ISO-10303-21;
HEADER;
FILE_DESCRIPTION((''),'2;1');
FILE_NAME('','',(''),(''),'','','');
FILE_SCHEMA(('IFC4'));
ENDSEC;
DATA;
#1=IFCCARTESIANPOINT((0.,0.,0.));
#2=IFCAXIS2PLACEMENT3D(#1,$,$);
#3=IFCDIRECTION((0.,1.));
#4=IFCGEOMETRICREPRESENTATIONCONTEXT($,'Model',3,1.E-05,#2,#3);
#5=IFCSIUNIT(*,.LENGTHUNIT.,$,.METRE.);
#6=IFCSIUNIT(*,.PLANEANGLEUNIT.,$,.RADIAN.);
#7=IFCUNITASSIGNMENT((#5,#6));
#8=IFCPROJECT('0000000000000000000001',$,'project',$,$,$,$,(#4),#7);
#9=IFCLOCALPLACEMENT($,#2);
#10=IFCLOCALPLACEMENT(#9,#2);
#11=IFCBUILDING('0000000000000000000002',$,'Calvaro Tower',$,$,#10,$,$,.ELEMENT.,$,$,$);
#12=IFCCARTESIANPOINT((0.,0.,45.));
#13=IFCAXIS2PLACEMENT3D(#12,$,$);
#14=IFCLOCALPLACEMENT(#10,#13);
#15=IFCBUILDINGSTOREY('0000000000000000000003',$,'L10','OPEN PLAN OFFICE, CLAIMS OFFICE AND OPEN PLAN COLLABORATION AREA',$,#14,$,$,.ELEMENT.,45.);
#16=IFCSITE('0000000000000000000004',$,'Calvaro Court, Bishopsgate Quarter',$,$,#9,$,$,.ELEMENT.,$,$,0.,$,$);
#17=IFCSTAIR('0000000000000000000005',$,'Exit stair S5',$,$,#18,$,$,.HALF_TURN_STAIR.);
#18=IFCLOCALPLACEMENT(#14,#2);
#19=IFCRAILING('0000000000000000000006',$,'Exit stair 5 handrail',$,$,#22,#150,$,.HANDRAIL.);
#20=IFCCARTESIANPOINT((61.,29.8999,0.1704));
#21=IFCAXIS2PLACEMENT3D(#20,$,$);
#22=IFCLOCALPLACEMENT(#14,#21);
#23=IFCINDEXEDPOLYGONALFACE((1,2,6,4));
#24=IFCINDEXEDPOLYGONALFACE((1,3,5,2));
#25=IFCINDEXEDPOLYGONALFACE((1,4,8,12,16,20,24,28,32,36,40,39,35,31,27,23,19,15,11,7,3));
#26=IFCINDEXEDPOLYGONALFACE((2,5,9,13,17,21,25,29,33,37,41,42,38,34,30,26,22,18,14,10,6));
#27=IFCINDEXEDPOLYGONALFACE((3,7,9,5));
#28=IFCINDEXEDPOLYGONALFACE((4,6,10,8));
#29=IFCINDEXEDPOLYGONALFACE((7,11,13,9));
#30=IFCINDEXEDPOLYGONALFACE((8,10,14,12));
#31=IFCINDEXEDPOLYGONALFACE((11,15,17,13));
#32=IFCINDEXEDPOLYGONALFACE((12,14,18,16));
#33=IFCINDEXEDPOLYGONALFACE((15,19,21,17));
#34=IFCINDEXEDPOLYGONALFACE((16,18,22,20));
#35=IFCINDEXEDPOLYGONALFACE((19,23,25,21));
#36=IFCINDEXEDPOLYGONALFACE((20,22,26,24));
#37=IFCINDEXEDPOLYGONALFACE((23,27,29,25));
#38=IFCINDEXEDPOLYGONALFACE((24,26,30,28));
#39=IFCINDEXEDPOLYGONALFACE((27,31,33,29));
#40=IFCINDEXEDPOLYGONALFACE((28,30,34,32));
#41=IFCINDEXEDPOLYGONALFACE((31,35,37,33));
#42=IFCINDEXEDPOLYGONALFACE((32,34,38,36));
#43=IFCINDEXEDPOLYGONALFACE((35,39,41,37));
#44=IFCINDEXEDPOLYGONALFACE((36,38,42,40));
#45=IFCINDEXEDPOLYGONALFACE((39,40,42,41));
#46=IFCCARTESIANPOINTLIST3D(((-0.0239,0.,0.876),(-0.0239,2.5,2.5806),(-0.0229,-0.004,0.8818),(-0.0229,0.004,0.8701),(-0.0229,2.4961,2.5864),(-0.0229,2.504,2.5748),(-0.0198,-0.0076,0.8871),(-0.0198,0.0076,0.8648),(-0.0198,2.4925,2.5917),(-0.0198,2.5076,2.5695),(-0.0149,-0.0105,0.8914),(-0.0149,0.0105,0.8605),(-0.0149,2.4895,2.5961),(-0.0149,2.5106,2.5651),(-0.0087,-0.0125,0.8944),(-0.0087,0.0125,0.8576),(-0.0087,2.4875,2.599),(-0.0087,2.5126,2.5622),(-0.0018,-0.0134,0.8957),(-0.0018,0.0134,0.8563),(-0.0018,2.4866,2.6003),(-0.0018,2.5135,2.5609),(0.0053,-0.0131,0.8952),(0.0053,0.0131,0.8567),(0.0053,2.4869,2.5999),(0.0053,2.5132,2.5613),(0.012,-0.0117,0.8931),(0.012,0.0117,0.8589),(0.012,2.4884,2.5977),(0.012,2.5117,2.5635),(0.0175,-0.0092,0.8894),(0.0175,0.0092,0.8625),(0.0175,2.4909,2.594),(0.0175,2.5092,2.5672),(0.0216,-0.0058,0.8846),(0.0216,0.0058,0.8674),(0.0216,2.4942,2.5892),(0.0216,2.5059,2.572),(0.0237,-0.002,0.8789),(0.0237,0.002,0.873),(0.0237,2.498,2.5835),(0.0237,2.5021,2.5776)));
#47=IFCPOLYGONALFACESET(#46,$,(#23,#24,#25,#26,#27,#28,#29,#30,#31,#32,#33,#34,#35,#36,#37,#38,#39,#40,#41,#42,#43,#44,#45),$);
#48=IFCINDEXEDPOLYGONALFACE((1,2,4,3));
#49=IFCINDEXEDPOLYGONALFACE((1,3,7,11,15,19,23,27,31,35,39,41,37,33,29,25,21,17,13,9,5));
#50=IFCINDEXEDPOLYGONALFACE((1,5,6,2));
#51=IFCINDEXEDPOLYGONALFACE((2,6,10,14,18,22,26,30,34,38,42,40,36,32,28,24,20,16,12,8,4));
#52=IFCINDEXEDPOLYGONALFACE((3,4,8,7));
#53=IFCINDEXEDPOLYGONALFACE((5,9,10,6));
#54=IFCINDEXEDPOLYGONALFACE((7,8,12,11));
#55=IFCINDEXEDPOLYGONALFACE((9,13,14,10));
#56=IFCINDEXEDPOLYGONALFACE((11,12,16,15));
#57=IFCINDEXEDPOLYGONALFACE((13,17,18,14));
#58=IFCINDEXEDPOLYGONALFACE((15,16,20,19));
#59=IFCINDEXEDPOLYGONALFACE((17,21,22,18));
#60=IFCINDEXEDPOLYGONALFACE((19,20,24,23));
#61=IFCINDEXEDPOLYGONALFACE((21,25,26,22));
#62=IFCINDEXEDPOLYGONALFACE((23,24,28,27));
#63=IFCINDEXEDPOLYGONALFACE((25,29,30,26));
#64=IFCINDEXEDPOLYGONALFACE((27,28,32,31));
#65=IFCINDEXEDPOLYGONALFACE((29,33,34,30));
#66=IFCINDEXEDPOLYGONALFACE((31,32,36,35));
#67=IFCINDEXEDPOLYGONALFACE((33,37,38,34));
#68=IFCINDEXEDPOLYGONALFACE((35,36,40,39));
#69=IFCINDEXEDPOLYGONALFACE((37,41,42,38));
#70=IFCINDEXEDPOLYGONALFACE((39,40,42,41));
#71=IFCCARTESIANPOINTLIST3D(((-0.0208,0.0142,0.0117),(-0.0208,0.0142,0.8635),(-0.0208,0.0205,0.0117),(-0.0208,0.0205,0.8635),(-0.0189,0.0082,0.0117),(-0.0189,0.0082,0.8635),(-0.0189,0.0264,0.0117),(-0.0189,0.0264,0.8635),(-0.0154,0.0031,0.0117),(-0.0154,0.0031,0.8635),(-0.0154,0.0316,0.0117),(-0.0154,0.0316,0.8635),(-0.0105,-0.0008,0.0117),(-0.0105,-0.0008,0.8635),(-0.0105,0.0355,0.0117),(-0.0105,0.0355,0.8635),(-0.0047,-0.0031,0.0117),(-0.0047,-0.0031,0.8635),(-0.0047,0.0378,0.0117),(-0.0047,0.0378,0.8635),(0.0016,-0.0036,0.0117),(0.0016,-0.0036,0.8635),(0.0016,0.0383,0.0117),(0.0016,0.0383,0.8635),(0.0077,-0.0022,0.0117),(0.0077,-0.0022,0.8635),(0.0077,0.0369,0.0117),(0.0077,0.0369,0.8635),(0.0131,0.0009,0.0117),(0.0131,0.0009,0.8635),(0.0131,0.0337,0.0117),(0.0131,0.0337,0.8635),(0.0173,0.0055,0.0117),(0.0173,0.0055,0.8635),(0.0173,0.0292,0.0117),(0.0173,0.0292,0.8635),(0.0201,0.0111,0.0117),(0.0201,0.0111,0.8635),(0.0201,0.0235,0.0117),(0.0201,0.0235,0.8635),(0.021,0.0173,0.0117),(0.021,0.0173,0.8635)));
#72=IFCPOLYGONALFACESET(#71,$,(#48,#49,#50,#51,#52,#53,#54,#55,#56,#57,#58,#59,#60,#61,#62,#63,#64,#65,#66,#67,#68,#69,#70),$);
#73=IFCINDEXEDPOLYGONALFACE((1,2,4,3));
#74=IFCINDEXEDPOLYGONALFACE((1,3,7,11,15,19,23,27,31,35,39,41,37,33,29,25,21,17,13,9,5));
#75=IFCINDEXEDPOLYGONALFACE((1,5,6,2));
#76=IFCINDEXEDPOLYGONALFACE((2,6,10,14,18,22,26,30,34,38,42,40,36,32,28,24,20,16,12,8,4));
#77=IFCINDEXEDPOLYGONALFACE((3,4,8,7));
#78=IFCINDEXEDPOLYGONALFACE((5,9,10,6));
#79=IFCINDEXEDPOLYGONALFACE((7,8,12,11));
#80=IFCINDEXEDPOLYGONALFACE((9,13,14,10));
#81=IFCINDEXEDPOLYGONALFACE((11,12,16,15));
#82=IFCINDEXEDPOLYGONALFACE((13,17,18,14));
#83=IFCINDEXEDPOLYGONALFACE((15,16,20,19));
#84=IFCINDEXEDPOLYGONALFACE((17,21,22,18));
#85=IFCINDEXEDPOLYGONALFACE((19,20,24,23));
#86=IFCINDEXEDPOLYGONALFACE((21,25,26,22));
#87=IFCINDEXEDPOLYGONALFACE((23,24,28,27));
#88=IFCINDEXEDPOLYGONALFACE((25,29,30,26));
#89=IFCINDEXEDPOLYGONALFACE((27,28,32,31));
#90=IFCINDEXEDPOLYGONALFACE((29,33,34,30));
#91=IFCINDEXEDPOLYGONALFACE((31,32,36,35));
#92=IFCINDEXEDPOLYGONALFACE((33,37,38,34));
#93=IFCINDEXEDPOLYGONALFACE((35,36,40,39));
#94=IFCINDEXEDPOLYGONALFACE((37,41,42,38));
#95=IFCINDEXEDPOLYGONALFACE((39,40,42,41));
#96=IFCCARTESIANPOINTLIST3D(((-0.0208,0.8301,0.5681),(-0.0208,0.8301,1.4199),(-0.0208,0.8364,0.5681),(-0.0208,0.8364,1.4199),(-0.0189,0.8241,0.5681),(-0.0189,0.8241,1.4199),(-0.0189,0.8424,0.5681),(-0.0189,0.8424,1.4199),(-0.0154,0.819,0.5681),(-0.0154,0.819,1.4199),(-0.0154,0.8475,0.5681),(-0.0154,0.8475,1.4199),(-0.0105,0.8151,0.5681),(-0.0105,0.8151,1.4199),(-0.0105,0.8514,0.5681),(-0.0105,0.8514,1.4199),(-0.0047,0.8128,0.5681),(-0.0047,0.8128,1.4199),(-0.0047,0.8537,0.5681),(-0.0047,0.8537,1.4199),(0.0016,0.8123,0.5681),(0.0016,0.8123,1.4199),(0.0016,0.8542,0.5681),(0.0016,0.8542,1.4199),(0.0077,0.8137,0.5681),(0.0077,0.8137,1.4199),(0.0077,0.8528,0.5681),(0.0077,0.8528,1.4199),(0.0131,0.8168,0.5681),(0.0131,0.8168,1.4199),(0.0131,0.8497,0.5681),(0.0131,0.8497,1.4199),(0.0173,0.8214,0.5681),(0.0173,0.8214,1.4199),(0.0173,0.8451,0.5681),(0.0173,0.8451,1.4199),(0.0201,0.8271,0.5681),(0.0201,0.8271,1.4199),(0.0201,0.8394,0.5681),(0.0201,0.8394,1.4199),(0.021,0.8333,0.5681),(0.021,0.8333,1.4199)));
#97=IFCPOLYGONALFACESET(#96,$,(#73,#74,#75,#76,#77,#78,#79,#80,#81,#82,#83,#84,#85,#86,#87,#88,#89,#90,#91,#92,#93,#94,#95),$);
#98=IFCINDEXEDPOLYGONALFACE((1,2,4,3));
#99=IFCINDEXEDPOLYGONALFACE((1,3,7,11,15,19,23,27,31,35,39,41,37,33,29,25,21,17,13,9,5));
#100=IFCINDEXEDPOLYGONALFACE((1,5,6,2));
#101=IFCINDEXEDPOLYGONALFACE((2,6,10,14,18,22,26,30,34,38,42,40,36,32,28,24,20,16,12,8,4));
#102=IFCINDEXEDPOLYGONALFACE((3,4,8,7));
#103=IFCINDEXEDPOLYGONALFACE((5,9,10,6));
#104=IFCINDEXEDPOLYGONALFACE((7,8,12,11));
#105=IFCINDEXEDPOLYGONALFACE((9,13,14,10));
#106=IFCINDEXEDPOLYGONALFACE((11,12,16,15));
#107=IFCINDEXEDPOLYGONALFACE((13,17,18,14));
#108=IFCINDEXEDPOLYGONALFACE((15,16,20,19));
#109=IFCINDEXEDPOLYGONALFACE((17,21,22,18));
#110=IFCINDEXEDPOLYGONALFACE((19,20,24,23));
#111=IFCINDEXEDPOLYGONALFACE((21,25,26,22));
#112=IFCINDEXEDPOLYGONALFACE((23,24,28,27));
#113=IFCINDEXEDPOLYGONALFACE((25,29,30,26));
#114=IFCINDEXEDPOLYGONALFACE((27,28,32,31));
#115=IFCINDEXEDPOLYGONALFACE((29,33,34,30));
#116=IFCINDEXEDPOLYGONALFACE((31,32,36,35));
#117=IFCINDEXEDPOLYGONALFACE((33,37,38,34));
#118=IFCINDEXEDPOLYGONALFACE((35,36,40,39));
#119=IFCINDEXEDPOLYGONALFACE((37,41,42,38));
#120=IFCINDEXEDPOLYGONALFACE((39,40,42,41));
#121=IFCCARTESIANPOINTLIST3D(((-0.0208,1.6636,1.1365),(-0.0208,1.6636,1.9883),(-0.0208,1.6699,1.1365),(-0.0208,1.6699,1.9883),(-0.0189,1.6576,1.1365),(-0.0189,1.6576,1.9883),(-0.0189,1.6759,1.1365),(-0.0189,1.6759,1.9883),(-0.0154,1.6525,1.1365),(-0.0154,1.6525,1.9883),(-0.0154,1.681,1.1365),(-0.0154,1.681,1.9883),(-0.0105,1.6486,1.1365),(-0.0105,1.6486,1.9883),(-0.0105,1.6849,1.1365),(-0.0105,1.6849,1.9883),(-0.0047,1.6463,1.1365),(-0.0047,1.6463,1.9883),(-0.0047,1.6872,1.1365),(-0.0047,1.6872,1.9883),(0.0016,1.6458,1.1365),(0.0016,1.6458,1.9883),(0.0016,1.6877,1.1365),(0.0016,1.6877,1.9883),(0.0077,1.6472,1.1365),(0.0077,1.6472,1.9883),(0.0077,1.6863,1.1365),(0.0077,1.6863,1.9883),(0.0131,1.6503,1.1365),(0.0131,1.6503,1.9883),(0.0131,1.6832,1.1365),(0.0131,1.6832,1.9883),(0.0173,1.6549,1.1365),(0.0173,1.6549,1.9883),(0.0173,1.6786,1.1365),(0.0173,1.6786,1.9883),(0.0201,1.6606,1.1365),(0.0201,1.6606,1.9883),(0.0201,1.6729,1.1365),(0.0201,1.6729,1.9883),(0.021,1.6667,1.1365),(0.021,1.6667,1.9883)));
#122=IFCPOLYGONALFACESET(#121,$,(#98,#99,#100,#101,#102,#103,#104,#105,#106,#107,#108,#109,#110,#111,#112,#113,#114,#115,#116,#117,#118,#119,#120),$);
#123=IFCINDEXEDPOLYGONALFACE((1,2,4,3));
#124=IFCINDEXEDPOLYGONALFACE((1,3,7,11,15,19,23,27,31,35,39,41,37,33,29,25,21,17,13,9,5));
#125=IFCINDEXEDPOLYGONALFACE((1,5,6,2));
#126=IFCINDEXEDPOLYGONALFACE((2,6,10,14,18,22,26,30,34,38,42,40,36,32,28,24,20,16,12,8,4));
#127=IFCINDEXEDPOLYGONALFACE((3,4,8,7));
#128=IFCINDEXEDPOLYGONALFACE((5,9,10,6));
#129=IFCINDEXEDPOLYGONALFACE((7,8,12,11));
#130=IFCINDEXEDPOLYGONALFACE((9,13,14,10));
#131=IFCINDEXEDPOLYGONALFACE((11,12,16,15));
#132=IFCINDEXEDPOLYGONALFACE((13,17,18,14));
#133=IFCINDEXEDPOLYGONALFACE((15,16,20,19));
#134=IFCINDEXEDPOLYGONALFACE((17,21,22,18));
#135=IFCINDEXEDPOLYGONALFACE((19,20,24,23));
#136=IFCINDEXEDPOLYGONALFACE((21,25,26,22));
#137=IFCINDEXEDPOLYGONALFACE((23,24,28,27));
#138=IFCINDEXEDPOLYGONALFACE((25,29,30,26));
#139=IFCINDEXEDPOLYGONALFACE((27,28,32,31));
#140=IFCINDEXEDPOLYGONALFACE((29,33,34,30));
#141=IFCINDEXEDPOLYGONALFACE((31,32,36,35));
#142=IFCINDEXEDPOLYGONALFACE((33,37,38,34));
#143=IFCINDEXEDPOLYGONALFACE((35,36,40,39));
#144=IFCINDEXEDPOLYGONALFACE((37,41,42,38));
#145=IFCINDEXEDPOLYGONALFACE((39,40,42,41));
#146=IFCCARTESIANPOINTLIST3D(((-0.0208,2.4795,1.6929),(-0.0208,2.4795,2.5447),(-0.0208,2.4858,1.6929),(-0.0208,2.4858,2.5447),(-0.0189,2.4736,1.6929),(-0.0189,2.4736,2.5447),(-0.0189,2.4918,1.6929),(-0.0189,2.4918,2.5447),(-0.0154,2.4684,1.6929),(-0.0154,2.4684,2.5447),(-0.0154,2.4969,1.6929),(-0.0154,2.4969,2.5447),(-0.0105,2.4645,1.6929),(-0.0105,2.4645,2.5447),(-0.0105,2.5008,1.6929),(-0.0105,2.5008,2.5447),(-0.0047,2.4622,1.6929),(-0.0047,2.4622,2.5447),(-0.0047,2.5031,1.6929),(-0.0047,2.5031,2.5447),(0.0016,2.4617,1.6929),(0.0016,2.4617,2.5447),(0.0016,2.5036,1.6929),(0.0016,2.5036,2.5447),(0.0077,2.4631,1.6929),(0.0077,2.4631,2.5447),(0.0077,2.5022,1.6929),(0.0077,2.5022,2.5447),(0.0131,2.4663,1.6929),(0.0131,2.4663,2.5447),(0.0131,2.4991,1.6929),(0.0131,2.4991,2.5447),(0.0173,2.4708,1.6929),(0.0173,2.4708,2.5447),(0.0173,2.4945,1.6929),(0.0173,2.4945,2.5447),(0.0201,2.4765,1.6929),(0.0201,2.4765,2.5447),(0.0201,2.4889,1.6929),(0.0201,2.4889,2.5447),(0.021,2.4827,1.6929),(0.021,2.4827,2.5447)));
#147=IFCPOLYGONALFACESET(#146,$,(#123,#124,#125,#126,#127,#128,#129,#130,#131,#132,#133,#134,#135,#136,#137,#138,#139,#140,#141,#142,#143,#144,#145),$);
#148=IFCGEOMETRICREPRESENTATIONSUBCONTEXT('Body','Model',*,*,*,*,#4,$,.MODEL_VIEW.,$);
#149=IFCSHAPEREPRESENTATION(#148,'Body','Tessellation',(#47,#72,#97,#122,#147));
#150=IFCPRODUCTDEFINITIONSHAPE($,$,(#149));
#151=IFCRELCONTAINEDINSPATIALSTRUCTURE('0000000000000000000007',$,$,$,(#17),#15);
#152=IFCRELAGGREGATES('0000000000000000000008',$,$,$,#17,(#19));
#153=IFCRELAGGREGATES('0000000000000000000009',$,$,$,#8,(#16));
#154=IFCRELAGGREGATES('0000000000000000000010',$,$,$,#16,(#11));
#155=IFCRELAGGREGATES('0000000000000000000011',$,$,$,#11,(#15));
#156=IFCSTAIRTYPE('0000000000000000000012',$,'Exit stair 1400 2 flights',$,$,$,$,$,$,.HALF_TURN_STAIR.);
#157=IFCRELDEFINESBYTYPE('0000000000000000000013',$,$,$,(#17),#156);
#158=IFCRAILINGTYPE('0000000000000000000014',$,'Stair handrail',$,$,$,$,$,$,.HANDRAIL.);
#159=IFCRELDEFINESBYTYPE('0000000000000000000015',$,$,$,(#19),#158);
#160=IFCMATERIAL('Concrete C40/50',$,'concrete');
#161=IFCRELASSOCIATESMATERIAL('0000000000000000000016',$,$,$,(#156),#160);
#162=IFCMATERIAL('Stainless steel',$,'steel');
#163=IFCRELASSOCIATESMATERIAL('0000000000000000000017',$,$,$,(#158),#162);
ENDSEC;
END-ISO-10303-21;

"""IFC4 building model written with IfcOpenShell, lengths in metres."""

from ifc_helpers import new_model, si_unit, direction, frame, origin, origin_2d, place, context, subcontext, project, spatial, circle, extrude, material, type_object, element, aggregate, save


model = new_model("IFC4")

# Units and contexts
model_context = context("Model", 3, precision=1e-05, world=origin(), true_north=direction((0.0, 1.0)))
body_context = subcontext(model_context, "Body", "Model", "MODEL_VIEW")
ifc_project = project(units=[si_unit("LENGTHUNIT", "METRE"), si_unit("PLANEANGLEUNIT", "RADIAN")], contexts=[model_context])

# Site, building, storey
site_placement = place(None, origin())
site = spatial("IfcSite", under=ifc_project, at=site_placement, Name="Calvaro Court, Bishopsgate Quarter", CompositionType="ELEMENT", RefElevation=0.0)
building_placement = place(site_placement, origin())
building = spatial("IfcBuilding", under=site, at=building_placement, Name="Calvaro Tower", CompositionType="ELEMENT")
storey_placement = place(building_placement, frame((0.0, 0.0, 45.0)))
storey = spatial("IfcBuildingStorey", under=building, at=storey_placement, Name="L10", Description="OPEN PLAN OFFICE, CLAIMS OFFICE AND OPEN PLAN COLLABORATION AREA", CompositionType="ELEMENT", Elevation=45.0)

# Stair, railing
ifc_material_1 = material(Name="Concrete C40/50", Category="concrete")
stair_type = type_object("IfcStairType", Name="Exit stair 1400 2 flights", PredefinedType="HALF_TURN_STAIR", material=ifc_material_1)
stair_placement = place(storey_placement, origin())
stair = element("IfcStair", 1, at=stair_placement, inside=storey, type_object=stair_type, Name="Exit stair S5", PredefinedType="HALF_TURN_STAIR")
ifc_material_2 = material(Name="Stainless steel", Category="steel")
railing_type = type_object("IfcRailingType", Name="Stair handrail", PredefinedType="HANDRAIL", material=ifc_material_2)
railing_placement = place(storey_placement, frame((61.0, 29.8999, 0.1704)))
railing = element("IfcRailing", 2, at=railing_placement, type_object=railing_type, Name="Exit stair 5 handrail", PredefinedType="HANDRAIL", context=body_context, shape_type="SweptSolid", body=[
    extrude(circle(Radius=0.0239, at=origin_2d()), frame((0.0, 0.0, 0.876), z_axis=(0.0, 0.826221, 0.563347), x_axis=(-1.0, 0.0, 0.0)), (0.0, 0.0, 1.0), 3.0259),
    extrude(circle(Radius=0.021, at=origin_2d()), frame((0.0, 0.0173, 0.0117)), (0.0, 0.0, 1.0), 0.8518),
    extrude(circle(Radius=0.021, at=origin_2d()), frame((0.0, 0.8333, 0.5681)), (0.0, 0.0, 1.0), 0.8518),
    extrude(circle(Radius=0.021, at=origin_2d()), frame((0.0, 1.6667, 1.1365)), (0.0, 0.0, 1.0), 0.8518),
    extrude(circle(Radius=0.021, at=origin_2d()), frame((0.0, 2.4827, 1.6929)), (0.0, 0.0, 1.0), 0.8518),
])
aggregate(stair, [railing])

save(model, "model.ifc")
